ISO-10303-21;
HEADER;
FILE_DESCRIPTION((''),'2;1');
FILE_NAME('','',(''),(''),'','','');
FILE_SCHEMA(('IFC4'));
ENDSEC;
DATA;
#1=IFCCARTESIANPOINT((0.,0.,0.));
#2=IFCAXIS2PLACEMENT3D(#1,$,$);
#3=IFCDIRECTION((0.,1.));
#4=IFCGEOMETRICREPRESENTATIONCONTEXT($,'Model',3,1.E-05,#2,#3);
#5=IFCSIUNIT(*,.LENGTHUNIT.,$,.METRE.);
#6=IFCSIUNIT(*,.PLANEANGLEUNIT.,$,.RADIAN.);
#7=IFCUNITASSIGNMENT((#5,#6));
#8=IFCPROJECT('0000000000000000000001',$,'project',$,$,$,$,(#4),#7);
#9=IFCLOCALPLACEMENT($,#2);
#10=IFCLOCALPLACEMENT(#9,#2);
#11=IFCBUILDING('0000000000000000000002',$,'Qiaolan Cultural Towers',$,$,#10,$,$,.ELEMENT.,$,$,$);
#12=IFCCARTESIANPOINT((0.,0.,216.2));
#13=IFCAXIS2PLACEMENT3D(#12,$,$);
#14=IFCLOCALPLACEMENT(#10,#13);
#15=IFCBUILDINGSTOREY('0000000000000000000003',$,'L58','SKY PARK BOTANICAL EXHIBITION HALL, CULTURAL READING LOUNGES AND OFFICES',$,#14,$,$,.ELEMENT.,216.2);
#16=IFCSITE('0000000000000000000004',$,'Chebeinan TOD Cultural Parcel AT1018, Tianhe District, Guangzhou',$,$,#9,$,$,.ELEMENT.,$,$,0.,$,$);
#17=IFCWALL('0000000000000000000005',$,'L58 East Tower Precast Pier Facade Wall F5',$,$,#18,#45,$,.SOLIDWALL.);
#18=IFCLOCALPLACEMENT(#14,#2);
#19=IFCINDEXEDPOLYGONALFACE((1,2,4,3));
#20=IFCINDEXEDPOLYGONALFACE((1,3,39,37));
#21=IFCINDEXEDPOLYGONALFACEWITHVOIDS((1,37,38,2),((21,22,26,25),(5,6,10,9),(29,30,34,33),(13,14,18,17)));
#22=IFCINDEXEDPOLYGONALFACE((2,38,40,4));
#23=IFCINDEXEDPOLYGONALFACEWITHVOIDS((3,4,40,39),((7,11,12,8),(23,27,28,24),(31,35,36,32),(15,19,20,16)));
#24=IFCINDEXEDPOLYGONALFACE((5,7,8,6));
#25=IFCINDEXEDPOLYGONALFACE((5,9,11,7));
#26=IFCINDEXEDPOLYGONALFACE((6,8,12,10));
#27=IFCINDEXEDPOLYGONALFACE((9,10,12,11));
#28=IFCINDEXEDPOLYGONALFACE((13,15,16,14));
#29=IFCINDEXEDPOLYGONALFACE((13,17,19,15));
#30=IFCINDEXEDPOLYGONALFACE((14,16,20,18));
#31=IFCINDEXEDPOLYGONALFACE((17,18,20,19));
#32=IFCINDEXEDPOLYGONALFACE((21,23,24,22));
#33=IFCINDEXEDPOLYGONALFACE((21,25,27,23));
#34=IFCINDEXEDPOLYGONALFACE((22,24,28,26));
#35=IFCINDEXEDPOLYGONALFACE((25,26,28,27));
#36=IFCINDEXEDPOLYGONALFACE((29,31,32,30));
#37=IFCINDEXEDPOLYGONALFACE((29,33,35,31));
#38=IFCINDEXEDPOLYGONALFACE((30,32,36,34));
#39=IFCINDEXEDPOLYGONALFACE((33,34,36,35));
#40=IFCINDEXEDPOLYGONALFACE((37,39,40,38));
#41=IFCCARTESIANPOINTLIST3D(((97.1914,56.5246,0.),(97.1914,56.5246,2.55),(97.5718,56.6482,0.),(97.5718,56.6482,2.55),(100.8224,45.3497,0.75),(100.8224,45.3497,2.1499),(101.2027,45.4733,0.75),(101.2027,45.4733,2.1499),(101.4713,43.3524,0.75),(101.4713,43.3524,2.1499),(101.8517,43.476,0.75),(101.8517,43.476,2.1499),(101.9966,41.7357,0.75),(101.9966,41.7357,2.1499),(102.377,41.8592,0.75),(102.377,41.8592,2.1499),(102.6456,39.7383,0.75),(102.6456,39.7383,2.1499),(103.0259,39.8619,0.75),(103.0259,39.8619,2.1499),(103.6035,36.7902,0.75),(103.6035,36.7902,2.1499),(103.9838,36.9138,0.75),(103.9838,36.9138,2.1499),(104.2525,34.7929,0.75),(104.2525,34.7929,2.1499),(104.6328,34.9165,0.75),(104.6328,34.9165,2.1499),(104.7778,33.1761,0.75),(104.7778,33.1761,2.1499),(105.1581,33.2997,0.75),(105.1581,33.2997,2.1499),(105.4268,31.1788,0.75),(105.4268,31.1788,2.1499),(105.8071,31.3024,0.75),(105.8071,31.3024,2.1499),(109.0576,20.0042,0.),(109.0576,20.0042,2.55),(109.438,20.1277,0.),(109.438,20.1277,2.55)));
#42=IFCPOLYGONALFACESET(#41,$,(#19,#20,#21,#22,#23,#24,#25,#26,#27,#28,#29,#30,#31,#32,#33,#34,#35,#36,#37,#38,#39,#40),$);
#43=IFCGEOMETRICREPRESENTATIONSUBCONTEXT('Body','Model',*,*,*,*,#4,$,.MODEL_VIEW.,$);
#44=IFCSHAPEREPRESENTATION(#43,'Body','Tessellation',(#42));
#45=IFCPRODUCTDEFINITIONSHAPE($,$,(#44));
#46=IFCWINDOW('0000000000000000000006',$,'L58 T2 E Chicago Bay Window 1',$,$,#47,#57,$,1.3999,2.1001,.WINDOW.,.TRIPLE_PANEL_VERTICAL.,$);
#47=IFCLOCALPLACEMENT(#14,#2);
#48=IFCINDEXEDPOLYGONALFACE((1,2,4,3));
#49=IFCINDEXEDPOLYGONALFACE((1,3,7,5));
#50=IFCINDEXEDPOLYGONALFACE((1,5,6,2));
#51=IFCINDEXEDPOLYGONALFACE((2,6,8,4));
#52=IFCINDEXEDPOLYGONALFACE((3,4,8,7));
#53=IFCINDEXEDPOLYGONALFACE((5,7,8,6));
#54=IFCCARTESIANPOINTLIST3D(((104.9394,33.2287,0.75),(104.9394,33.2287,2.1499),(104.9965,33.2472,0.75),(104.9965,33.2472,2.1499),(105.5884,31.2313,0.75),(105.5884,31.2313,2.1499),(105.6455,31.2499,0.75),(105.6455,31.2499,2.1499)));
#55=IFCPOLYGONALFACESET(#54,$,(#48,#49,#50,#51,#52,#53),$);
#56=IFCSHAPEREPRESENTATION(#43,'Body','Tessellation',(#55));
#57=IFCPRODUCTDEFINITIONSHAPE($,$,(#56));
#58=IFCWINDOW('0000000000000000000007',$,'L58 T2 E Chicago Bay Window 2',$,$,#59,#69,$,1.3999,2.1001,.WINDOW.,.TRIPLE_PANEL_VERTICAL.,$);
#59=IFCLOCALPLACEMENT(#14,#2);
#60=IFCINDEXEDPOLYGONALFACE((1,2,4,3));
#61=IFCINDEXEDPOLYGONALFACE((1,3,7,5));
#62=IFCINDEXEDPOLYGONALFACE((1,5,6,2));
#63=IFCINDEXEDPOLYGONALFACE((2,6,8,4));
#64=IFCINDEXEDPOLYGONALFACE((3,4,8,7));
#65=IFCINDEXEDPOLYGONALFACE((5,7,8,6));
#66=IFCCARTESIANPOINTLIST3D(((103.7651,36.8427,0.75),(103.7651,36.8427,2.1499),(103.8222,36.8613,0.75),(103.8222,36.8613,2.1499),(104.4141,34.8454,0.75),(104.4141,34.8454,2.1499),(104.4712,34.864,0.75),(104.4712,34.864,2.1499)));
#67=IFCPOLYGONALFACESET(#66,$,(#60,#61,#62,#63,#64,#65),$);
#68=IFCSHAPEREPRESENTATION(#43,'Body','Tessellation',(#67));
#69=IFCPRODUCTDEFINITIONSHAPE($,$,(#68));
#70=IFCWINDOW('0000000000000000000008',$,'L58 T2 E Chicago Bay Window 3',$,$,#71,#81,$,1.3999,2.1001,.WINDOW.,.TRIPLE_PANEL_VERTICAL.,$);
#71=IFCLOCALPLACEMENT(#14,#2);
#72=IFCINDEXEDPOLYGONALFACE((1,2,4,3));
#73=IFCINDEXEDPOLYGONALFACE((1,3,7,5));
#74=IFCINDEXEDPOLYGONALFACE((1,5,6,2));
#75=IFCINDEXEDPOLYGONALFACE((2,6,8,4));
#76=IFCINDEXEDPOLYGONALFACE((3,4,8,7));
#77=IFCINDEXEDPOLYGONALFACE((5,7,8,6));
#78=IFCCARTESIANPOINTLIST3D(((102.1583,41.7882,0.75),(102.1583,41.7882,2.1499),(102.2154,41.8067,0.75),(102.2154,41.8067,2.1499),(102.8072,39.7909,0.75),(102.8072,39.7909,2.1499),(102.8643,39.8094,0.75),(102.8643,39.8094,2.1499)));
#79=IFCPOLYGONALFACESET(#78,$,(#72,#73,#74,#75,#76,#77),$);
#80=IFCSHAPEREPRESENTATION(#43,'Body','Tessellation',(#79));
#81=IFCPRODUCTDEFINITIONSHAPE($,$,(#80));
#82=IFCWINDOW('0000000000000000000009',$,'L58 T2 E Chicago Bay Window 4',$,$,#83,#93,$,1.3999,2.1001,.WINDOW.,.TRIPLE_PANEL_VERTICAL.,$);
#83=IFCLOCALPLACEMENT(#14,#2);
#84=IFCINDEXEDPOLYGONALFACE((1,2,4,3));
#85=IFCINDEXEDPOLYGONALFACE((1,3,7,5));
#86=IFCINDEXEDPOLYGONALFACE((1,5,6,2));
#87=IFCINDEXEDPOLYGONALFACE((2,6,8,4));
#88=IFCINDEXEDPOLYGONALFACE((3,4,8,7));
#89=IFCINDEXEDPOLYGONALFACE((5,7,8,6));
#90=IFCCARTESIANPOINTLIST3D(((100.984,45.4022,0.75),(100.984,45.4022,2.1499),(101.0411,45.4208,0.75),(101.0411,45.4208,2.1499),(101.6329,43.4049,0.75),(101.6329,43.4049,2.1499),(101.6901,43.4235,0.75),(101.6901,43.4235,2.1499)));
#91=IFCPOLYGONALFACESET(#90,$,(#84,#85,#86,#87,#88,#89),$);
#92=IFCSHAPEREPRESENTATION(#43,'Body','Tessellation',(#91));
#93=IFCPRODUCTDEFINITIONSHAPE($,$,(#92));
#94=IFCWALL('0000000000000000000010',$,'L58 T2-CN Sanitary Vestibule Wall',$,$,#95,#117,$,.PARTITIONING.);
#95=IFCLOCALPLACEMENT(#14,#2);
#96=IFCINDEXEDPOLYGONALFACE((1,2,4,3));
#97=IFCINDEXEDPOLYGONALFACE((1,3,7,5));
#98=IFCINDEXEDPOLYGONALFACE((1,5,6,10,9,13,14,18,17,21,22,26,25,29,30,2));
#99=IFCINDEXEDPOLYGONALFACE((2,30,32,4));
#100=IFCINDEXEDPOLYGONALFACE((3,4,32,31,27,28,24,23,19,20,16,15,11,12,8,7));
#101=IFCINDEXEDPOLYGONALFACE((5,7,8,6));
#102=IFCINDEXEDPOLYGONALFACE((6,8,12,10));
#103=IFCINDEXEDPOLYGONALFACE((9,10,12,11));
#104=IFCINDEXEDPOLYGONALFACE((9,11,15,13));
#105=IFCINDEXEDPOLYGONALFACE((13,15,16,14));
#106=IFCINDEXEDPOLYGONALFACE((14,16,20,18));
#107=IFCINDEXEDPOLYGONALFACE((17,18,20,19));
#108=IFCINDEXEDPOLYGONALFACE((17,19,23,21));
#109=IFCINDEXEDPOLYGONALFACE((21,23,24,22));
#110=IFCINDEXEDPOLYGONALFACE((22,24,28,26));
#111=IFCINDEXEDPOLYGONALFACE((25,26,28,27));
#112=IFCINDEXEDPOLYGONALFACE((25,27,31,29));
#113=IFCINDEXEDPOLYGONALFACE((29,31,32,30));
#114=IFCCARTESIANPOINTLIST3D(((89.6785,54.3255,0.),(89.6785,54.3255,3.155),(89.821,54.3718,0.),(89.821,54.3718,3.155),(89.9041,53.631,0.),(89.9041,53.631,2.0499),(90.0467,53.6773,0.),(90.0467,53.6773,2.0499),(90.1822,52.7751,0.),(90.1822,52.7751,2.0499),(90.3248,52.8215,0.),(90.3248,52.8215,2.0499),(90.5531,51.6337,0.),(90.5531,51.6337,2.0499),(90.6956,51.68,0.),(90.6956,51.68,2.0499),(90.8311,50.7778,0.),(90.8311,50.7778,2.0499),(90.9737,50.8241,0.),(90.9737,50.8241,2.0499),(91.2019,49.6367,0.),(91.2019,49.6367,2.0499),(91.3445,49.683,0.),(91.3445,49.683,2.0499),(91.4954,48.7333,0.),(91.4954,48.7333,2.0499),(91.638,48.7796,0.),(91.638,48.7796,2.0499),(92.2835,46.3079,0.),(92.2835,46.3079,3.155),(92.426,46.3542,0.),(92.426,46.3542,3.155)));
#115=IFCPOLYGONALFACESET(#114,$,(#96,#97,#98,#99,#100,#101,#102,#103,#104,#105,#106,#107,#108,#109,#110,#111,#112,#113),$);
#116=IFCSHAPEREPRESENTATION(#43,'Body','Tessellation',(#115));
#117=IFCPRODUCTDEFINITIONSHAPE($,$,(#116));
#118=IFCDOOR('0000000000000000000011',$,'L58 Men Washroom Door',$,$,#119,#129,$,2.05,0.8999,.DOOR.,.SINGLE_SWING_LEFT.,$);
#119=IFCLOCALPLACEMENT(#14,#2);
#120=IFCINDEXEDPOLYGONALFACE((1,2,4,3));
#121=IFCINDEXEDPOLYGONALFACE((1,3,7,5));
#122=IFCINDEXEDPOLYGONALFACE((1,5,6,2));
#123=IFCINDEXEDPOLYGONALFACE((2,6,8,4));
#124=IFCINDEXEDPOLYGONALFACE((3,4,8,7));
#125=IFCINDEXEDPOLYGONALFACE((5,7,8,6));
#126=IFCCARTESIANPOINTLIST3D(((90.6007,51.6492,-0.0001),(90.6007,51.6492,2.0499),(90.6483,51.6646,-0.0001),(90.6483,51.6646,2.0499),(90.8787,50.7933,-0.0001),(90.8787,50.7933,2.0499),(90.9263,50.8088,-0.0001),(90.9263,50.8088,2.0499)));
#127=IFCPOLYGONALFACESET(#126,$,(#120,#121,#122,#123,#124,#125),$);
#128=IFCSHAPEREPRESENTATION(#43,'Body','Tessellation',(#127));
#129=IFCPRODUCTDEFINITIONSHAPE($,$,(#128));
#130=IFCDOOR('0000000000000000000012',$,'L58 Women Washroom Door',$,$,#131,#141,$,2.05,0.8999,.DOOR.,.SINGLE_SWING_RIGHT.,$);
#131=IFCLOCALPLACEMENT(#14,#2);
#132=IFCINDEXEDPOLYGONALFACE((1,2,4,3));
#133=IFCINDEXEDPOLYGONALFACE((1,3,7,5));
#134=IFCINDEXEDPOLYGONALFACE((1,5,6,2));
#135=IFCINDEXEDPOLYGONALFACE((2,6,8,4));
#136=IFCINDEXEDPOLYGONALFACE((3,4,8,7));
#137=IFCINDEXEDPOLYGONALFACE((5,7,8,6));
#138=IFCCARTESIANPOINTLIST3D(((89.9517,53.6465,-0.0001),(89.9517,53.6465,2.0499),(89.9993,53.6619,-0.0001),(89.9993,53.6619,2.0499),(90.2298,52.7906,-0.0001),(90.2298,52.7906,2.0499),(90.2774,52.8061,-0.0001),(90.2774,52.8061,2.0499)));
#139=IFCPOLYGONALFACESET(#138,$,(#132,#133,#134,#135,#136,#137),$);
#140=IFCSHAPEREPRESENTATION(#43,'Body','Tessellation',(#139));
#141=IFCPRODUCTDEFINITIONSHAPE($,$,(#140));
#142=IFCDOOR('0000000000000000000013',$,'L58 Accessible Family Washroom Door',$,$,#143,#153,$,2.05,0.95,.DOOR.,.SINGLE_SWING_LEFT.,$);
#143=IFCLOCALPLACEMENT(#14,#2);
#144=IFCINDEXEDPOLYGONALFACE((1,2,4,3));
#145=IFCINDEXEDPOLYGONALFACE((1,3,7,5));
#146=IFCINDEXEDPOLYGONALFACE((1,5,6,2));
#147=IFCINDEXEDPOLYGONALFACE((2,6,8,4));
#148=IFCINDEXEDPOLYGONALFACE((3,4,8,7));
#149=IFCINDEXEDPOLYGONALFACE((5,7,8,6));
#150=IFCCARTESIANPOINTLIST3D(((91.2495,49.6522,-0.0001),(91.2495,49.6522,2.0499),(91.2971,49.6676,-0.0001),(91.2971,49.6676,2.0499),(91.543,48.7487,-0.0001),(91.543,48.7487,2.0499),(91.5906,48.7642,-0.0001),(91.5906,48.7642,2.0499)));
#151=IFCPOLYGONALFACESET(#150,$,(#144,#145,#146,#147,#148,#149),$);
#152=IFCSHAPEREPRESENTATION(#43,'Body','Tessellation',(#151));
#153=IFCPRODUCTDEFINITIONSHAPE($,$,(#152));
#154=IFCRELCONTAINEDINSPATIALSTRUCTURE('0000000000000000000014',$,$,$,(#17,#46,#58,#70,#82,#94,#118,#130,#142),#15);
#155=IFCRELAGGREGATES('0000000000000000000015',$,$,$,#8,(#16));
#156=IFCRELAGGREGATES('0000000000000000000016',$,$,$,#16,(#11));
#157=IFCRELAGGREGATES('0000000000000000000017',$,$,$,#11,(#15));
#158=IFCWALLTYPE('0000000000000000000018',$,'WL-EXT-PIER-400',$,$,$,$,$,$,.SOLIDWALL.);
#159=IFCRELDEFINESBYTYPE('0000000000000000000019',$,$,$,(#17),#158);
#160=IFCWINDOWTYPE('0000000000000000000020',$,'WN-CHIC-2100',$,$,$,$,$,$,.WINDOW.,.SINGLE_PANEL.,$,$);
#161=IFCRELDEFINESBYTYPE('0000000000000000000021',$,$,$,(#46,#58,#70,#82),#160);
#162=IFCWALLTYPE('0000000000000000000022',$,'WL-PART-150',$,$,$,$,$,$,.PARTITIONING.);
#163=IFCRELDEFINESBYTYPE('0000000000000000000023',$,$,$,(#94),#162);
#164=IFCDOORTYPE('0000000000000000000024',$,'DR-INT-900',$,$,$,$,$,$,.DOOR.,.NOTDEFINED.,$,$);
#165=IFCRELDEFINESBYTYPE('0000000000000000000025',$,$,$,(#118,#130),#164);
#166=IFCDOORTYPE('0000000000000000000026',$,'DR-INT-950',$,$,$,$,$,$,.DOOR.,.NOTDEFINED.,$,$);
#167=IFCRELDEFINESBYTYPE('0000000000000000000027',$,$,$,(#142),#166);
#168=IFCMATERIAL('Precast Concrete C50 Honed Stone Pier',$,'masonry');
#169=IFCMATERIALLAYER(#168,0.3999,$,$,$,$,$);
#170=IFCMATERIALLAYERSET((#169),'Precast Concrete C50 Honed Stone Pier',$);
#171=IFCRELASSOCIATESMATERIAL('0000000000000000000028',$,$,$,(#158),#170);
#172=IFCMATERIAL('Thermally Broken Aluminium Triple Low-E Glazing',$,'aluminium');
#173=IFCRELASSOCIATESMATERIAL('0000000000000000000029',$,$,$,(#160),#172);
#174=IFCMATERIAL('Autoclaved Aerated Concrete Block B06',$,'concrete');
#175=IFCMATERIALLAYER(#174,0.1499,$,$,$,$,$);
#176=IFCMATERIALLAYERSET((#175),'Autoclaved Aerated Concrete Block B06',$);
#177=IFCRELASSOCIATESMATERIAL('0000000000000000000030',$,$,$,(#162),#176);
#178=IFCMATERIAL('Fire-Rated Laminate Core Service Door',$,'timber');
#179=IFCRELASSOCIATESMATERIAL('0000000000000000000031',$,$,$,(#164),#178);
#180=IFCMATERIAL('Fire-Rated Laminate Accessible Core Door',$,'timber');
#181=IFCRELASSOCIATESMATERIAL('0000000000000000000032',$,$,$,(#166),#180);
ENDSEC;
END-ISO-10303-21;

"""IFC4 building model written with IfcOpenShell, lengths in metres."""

from ifc_helpers import new_model, si_unit, direction, frame, frame_2d, origin, place, context, subcontext, project, spatial, rectangle, extrude, material, layer, layer_set, type_object, element, fill, save


model = new_model("IFC4")

# Units and contexts
model_context = context("Model", 3, precision=1e-05, world=origin(), true_north=direction((0.0, 1.0)))
body_context = subcontext(model_context, "Body", "Model", "MODEL_VIEW")
ifc_project = project(units=[si_unit("LENGTHUNIT", "METRE"), si_unit("PLANEANGLEUNIT", "RADIAN")], contexts=[model_context])

# Site, building, storey
site_placement = place(None, origin())
site = spatial("IfcSite", under=ifc_project, at=site_placement, Name="Chebeinan TOD Cultural Parcel AT1018, Tianhe District, Guangzhou", CompositionType="ELEMENT", RefElevation=0.0)
building_placement = place(site_placement, origin())
building = spatial("IfcBuilding", under=site, at=building_placement, Name="Qiaolan Cultural Towers", CompositionType="ELEMENT")
storey_placement = place(building_placement, frame((0.0, 0.0, 216.2)))
storey = spatial("IfcBuildingStorey", under=building, at=storey_placement, Name="L58", Description="SKY PARK BOTANICAL EXHIBITION HALL, CULTURAL READING LOUNGES AND OFFICES", CompositionType="ELEMENT", Elevation=216.2)

# Shared definitions
ifc_material_1 = material(Name="Precast Concrete C50 Honed Stone Pier", Category="masonry")
ifc_layer_1 = layer(ifc_material_1, 0.3999)
ifc_layer_set_1 = layer_set([ifc_layer_1], Name="Precast Concrete C50 Honed Stone Pier")
wall_type_1 = type_object("IfcWallType", Name="WL-EXT-PIER-400", PredefinedType="SOLIDWALL", material=ifc_layer_set_1)

# Wall, openings, windows
wall_1_placement = place(storey_placement, frame((97.3816, 56.5864, 0.0), z_axis=(0.0, 0.0, 1.0), x_axis=(0.309016, -0.951057, 0.0)))
wall_1 = element("IfcWall", 1, at=wall_1_placement, inside=storey, type_object=wall_type_1, Name="L58 East Tower Precast Pier Facade Wall F5", PredefinedType="SOLIDWALL", context=body_context, shape_type="SweptSolid", body=[
    extrude(rectangle(XDim=38.3999, YDim=0.3999, at=frame_2d((19.2, 0.0))), origin(), (0.0, 0.0, 1.0), 2.55),
])
opening_1_placement = place(wall_1_placement, frame((24.55, 0.0, 0.75)))
opening_1 = element("IfcOpeningElement", 2, at=opening_1_placement, cuts=wall_1, PredefinedType="OPENING", context=body_context, shape_type="SweptSolid", body=[
    extrude(rectangle(XDim=2.1001, YDim=1.3999, at=frame_2d((1.05, 0.7))), frame((0.0, 0.21, 0.0), z_axis=(0.0, -1.0, 0.0), x_axis=(1.0, 0.0, 0.0)), (0.0, 0.0, 1.0), 0.4199),
])
opening_2_placement = place(wall_1_placement, frame((20.75, 0.0, 0.75)))
opening_2 = element("IfcOpeningElement", 3, at=opening_2_placement, cuts=wall_1, PredefinedType="OPENING", context=body_context, shape_type="SweptSolid", body=[
    extrude(rectangle(XDim=2.1001, YDim=1.3999, at=frame_2d((1.05, 0.7))), frame((0.0, 0.21, 0.0), z_axis=(0.0, -1.0, 0.0), x_axis=(1.0, 0.0, 0.0)), (0.0, 0.0, 1.0), 0.4199),
])
opening_3_placement = place(wall_1_placement, frame((15.55, 0.0, 0.75)))
opening_3 = element("IfcOpeningElement", 4, at=opening_3_placement, cuts=wall_1, PredefinedType="OPENING", context=body_context, shape_type="SweptSolid", body=[
    extrude(rectangle(XDim=2.1001, YDim=1.3999, at=frame_2d((1.05, 0.7))), frame((0.0, 0.21, 0.0), z_axis=(0.0, -1.0, 0.0), x_axis=(1.0, 0.0, 0.0)), (0.0, 0.0, 1.0), 0.4199),
])
opening_4_placement = place(wall_1_placement, frame((11.75, 0.0, 0.75)))
opening_4 = element("IfcOpeningElement", 5, at=opening_4_placement, cuts=wall_1, PredefinedType="OPENING", context=body_context, shape_type="SweptSolid", body=[
    extrude(rectangle(XDim=2.1001, YDim=1.3999, at=frame_2d((1.05, 0.7))), frame((0.0, 0.21, 0.0), z_axis=(0.0, -1.0, 0.0), x_axis=(1.0, 0.0, 0.0)), (0.0, 0.0, 1.0), 0.4199),
])
ifc_material_2 = material(Name="Thermally Broken Aluminium Triple Low-E Glazing", Category="aluminium")
window_type = type_object("IfcWindowType", Name="WN-CHIC-2100", PartitioningType="SINGLE_PANEL", PredefinedType="WINDOW", material=ifc_material_2)
window_1_placement = place(opening_1_placement, origin())
window_1 = element("IfcWindow", 6, at=window_1_placement, inside=storey, type_object=window_type, Name="L58 T2 E Chicago Bay Window 1", OverallHeight=1.3999, OverallWidth=2.1001, PartitioningType="TRIPLE_PANEL_VERTICAL", PredefinedType="WINDOW", context=body_context, shape_type="SweptSolid", body=[
    extrude(rectangle(XDim=2.1001, YDim=1.3999, at=frame_2d((1.05, 0.7))), frame((0.0, 0.03, 0.0), z_axis=(0.0, -1.0, 0.0), x_axis=(1.0, 0.0, 0.0)), (0.0, 0.0, 1.0), 0.0601),
])
fill(opening_1, window_1)
window_2_placement = place(opening_2_placement, origin())
window_2 = element("IfcWindow", 7, at=window_2_placement, inside=storey, type_object=window_type, Name="L58 T2 E Chicago Bay Window 2", OverallHeight=1.3999, OverallWidth=2.1001, PartitioningType="TRIPLE_PANEL_VERTICAL", PredefinedType="WINDOW", context=body_context, shape_type="SweptSolid", body=[
    extrude(rectangle(XDim=2.1001, YDim=1.3999, at=frame_2d((1.05, 0.7))), frame((0.0, 0.03, 0.0), z_axis=(0.0, -1.0, 0.0), x_axis=(1.0, 0.0, 0.0)), (0.0, 0.0, 1.0), 0.0601),
])
fill(opening_2, window_2)
window_3_placement = place(opening_3_placement, origin())
window_3 = element("IfcWindow", 8, at=window_3_placement, inside=storey, type_object=window_type, Name="L58 T2 E Chicago Bay Window 3", OverallHeight=1.3999, OverallWidth=2.1001, PartitioningType="TRIPLE_PANEL_VERTICAL", PredefinedType="WINDOW", context=body_context, shape_type="SweptSolid", body=[
    extrude(rectangle(XDim=2.1001, YDim=1.3999, at=frame_2d((1.05, 0.7))), frame((0.0, 0.03, 0.0), z_axis=(0.0, -1.0, 0.0), x_axis=(1.0, 0.0, 0.0)), (0.0, 0.0, 1.0), 0.0601),
])
fill(opening_3, window_3)
window_4_placement = place(opening_4_placement, origin())
window_4 = element("IfcWindow", 9, at=window_4_placement, inside=storey, type_object=window_type, Name="L58 T2 E Chicago Bay Window 4", OverallHeight=1.3999, OverallWidth=2.1001, PartitioningType="TRIPLE_PANEL_VERTICAL", PredefinedType="WINDOW", context=body_context, shape_type="SweptSolid", body=[
    extrude(rectangle(XDim=2.1001, YDim=1.3999, at=frame_2d((1.05, 0.7))), frame((0.0, 0.03, 0.0), z_axis=(0.0, -1.0, 0.0), x_axis=(1.0, 0.0, 0.0)), (0.0, 0.0, 1.0), 0.0601),
])
fill(opening_4, window_4)

# Wall, openings, doors
ifc_material_3 = material(Name="Autoclaved Aerated Concrete Block B06", Category="concrete")
ifc_layer_2 = layer(ifc_material_3, 0.1499)
ifc_layer_set_2 = layer_set([ifc_layer_2], Name="Autoclaved Aerated Concrete Block B06")
wall_type_2 = type_object("IfcWallType", Name="WL-PART-150", PredefinedType="PARTITIONING", material=ifc_layer_set_2)
wall_2_placement = place(storey_placement, frame((92.3547, 46.3311, 0.0), z_axis=(0.0, 0.0, 1.0), x_axis=(-0.309007, 0.95106, 0.0)))
wall_2 = element("IfcWall", 10, at=wall_2_placement, inside=storey, type_object=wall_type_2, Name="L58 T2-CN Sanitary Vestibule Wall", PredefinedType="PARTITIONING", context=body_context, shape_type="SweptSolid", body=[
    extrude(rectangle(XDim=8.4302, YDim=0.1499, at=frame_2d((4.2151, 0.0))), origin(), (0.0, 0.0, 1.0), 3.155),
])
opening_5_placement = place(wall_2_placement, frame((2.55, 0.0, 0.0)))
opening_5 = element("IfcOpeningElement", 11, at=opening_5_placement, cuts=wall_2, PredefinedType="OPENING", context=body_context, shape_type="SweptSolid", body=[
    extrude(rectangle(XDim=0.95, YDim=2.05, at=frame_2d((0.4751, 1.0249))), frame((0.0, 0.085, 0.0), z_axis=(0.0, -1.0, 0.0), x_axis=(1.0, 0.0, 0.0)), (0.0, 0.0, 1.0), 0.1699),
])
opening_6_placement = place(wall_2_placement, frame((4.7, 0.0, 0.0)))
opening_6 = element("IfcOpeningElement", 12, at=opening_6_placement, cuts=wall_2, PredefinedType="OPENING", context=body_context, shape_type="SweptSolid", body=[
    extrude(rectangle(XDim=0.8999, YDim=2.05, at=frame_2d((0.45, 1.0249))), frame((0.0, 0.085, 0.0), z_axis=(0.0, -1.0, 0.0), x_axis=(1.0, 0.0, 0.0)), (0.0, 0.0, 1.0), 0.1699),
])
opening_7_placement = place(wall_2_placement, frame((6.8, 0.0, 0.0)))
opening_7 = element("IfcOpeningElement", 13, at=opening_7_placement, cuts=wall_2, PredefinedType="OPENING", context=body_context, shape_type="SweptSolid", body=[
    extrude(rectangle(XDim=0.8999, YDim=2.05, at=frame_2d((0.45, 1.0249))), frame((0.0, 0.085, 0.0), z_axis=(0.0, -1.0, 0.0), x_axis=(1.0, 0.0, 0.0)), (0.0, 0.0, 1.0), 0.1699),
])
ifc_material_4 = material(Name="Fire-Rated Laminate Core Service Door", Category="timber")
door_type_1 = type_object("IfcDoorType", Name="DR-INT-900", OperationType="NOTDEFINED", PredefinedType="DOOR", material=ifc_material_4)
door_1_placement = place(opening_6_placement, origin())
door_1 = element("IfcDoor", 14, at=door_1_placement, inside=storey, type_object=door_type_1, Name="L58 Men Washroom Door", OperationType="SINGLE_SWING_LEFT", OverallHeight=2.05, OverallWidth=0.8999, PredefinedType="DOOR", context=body_context, shape_type="SweptSolid", body=[
    extrude(rectangle(XDim=0.8999, YDim=2.05, at=frame_2d((0.45, 1.0249))), frame((0.0, 0.0249, 0.0), z_axis=(0.0, -1.0, 0.0), x_axis=(1.0, 0.0, 0.0)), (0.0, 0.0, 1.0), 0.05),
])
fill(opening_6, door_1)
door_2_placement = place(opening_7_placement, origin())
door_2 = element("IfcDoor", 15, at=door_2_placement, inside=storey, type_object=door_type_1, Name="L58 Women Washroom Door", OperationType="SINGLE_SWING_RIGHT", OverallHeight=2.05, OverallWidth=0.8999, PredefinedType="DOOR", context=body_context, shape_type="SweptSolid", body=[
    extrude(rectangle(XDim=0.8999, YDim=2.05, at=frame_2d((0.45, 1.0249))), frame((0.0, 0.0249, 0.0), z_axis=(0.0, -1.0, 0.0), x_axis=(1.0, 0.0, 0.0)), (0.0, 0.0, 1.0), 0.05),
])
fill(opening_7, door_2)
ifc_material_5 = material(Name="Fire-Rated Laminate Accessible Core Door", Category="timber")
door_type_2 = type_object("IfcDoorType", Name="DR-INT-950", OperationType="NOTDEFINED", PredefinedType="DOOR", material=ifc_material_5)
door_3_placement = place(opening_5_placement, origin())
door_3 = element("IfcDoor", 16, at=door_3_placement, inside=storey, type_object=door_type_2, Name="L58 Accessible Family Washroom Door", OperationType="SINGLE_SWING_LEFT", OverallHeight=2.05, OverallWidth=0.95, PredefinedType="DOOR", context=body_context, shape_type="SweptSolid", body=[
    extrude(rectangle(XDim=0.95, YDim=2.05, at=frame_2d((0.4751, 1.0249))), frame((0.0, 0.0249, 0.0), z_axis=(0.0, -1.0, 0.0), x_axis=(1.0, 0.0, 0.0)), (0.0, 0.0, 1.0), 0.05),
])
fill(opening_5, door_3)

save(model, "model.ifc")
